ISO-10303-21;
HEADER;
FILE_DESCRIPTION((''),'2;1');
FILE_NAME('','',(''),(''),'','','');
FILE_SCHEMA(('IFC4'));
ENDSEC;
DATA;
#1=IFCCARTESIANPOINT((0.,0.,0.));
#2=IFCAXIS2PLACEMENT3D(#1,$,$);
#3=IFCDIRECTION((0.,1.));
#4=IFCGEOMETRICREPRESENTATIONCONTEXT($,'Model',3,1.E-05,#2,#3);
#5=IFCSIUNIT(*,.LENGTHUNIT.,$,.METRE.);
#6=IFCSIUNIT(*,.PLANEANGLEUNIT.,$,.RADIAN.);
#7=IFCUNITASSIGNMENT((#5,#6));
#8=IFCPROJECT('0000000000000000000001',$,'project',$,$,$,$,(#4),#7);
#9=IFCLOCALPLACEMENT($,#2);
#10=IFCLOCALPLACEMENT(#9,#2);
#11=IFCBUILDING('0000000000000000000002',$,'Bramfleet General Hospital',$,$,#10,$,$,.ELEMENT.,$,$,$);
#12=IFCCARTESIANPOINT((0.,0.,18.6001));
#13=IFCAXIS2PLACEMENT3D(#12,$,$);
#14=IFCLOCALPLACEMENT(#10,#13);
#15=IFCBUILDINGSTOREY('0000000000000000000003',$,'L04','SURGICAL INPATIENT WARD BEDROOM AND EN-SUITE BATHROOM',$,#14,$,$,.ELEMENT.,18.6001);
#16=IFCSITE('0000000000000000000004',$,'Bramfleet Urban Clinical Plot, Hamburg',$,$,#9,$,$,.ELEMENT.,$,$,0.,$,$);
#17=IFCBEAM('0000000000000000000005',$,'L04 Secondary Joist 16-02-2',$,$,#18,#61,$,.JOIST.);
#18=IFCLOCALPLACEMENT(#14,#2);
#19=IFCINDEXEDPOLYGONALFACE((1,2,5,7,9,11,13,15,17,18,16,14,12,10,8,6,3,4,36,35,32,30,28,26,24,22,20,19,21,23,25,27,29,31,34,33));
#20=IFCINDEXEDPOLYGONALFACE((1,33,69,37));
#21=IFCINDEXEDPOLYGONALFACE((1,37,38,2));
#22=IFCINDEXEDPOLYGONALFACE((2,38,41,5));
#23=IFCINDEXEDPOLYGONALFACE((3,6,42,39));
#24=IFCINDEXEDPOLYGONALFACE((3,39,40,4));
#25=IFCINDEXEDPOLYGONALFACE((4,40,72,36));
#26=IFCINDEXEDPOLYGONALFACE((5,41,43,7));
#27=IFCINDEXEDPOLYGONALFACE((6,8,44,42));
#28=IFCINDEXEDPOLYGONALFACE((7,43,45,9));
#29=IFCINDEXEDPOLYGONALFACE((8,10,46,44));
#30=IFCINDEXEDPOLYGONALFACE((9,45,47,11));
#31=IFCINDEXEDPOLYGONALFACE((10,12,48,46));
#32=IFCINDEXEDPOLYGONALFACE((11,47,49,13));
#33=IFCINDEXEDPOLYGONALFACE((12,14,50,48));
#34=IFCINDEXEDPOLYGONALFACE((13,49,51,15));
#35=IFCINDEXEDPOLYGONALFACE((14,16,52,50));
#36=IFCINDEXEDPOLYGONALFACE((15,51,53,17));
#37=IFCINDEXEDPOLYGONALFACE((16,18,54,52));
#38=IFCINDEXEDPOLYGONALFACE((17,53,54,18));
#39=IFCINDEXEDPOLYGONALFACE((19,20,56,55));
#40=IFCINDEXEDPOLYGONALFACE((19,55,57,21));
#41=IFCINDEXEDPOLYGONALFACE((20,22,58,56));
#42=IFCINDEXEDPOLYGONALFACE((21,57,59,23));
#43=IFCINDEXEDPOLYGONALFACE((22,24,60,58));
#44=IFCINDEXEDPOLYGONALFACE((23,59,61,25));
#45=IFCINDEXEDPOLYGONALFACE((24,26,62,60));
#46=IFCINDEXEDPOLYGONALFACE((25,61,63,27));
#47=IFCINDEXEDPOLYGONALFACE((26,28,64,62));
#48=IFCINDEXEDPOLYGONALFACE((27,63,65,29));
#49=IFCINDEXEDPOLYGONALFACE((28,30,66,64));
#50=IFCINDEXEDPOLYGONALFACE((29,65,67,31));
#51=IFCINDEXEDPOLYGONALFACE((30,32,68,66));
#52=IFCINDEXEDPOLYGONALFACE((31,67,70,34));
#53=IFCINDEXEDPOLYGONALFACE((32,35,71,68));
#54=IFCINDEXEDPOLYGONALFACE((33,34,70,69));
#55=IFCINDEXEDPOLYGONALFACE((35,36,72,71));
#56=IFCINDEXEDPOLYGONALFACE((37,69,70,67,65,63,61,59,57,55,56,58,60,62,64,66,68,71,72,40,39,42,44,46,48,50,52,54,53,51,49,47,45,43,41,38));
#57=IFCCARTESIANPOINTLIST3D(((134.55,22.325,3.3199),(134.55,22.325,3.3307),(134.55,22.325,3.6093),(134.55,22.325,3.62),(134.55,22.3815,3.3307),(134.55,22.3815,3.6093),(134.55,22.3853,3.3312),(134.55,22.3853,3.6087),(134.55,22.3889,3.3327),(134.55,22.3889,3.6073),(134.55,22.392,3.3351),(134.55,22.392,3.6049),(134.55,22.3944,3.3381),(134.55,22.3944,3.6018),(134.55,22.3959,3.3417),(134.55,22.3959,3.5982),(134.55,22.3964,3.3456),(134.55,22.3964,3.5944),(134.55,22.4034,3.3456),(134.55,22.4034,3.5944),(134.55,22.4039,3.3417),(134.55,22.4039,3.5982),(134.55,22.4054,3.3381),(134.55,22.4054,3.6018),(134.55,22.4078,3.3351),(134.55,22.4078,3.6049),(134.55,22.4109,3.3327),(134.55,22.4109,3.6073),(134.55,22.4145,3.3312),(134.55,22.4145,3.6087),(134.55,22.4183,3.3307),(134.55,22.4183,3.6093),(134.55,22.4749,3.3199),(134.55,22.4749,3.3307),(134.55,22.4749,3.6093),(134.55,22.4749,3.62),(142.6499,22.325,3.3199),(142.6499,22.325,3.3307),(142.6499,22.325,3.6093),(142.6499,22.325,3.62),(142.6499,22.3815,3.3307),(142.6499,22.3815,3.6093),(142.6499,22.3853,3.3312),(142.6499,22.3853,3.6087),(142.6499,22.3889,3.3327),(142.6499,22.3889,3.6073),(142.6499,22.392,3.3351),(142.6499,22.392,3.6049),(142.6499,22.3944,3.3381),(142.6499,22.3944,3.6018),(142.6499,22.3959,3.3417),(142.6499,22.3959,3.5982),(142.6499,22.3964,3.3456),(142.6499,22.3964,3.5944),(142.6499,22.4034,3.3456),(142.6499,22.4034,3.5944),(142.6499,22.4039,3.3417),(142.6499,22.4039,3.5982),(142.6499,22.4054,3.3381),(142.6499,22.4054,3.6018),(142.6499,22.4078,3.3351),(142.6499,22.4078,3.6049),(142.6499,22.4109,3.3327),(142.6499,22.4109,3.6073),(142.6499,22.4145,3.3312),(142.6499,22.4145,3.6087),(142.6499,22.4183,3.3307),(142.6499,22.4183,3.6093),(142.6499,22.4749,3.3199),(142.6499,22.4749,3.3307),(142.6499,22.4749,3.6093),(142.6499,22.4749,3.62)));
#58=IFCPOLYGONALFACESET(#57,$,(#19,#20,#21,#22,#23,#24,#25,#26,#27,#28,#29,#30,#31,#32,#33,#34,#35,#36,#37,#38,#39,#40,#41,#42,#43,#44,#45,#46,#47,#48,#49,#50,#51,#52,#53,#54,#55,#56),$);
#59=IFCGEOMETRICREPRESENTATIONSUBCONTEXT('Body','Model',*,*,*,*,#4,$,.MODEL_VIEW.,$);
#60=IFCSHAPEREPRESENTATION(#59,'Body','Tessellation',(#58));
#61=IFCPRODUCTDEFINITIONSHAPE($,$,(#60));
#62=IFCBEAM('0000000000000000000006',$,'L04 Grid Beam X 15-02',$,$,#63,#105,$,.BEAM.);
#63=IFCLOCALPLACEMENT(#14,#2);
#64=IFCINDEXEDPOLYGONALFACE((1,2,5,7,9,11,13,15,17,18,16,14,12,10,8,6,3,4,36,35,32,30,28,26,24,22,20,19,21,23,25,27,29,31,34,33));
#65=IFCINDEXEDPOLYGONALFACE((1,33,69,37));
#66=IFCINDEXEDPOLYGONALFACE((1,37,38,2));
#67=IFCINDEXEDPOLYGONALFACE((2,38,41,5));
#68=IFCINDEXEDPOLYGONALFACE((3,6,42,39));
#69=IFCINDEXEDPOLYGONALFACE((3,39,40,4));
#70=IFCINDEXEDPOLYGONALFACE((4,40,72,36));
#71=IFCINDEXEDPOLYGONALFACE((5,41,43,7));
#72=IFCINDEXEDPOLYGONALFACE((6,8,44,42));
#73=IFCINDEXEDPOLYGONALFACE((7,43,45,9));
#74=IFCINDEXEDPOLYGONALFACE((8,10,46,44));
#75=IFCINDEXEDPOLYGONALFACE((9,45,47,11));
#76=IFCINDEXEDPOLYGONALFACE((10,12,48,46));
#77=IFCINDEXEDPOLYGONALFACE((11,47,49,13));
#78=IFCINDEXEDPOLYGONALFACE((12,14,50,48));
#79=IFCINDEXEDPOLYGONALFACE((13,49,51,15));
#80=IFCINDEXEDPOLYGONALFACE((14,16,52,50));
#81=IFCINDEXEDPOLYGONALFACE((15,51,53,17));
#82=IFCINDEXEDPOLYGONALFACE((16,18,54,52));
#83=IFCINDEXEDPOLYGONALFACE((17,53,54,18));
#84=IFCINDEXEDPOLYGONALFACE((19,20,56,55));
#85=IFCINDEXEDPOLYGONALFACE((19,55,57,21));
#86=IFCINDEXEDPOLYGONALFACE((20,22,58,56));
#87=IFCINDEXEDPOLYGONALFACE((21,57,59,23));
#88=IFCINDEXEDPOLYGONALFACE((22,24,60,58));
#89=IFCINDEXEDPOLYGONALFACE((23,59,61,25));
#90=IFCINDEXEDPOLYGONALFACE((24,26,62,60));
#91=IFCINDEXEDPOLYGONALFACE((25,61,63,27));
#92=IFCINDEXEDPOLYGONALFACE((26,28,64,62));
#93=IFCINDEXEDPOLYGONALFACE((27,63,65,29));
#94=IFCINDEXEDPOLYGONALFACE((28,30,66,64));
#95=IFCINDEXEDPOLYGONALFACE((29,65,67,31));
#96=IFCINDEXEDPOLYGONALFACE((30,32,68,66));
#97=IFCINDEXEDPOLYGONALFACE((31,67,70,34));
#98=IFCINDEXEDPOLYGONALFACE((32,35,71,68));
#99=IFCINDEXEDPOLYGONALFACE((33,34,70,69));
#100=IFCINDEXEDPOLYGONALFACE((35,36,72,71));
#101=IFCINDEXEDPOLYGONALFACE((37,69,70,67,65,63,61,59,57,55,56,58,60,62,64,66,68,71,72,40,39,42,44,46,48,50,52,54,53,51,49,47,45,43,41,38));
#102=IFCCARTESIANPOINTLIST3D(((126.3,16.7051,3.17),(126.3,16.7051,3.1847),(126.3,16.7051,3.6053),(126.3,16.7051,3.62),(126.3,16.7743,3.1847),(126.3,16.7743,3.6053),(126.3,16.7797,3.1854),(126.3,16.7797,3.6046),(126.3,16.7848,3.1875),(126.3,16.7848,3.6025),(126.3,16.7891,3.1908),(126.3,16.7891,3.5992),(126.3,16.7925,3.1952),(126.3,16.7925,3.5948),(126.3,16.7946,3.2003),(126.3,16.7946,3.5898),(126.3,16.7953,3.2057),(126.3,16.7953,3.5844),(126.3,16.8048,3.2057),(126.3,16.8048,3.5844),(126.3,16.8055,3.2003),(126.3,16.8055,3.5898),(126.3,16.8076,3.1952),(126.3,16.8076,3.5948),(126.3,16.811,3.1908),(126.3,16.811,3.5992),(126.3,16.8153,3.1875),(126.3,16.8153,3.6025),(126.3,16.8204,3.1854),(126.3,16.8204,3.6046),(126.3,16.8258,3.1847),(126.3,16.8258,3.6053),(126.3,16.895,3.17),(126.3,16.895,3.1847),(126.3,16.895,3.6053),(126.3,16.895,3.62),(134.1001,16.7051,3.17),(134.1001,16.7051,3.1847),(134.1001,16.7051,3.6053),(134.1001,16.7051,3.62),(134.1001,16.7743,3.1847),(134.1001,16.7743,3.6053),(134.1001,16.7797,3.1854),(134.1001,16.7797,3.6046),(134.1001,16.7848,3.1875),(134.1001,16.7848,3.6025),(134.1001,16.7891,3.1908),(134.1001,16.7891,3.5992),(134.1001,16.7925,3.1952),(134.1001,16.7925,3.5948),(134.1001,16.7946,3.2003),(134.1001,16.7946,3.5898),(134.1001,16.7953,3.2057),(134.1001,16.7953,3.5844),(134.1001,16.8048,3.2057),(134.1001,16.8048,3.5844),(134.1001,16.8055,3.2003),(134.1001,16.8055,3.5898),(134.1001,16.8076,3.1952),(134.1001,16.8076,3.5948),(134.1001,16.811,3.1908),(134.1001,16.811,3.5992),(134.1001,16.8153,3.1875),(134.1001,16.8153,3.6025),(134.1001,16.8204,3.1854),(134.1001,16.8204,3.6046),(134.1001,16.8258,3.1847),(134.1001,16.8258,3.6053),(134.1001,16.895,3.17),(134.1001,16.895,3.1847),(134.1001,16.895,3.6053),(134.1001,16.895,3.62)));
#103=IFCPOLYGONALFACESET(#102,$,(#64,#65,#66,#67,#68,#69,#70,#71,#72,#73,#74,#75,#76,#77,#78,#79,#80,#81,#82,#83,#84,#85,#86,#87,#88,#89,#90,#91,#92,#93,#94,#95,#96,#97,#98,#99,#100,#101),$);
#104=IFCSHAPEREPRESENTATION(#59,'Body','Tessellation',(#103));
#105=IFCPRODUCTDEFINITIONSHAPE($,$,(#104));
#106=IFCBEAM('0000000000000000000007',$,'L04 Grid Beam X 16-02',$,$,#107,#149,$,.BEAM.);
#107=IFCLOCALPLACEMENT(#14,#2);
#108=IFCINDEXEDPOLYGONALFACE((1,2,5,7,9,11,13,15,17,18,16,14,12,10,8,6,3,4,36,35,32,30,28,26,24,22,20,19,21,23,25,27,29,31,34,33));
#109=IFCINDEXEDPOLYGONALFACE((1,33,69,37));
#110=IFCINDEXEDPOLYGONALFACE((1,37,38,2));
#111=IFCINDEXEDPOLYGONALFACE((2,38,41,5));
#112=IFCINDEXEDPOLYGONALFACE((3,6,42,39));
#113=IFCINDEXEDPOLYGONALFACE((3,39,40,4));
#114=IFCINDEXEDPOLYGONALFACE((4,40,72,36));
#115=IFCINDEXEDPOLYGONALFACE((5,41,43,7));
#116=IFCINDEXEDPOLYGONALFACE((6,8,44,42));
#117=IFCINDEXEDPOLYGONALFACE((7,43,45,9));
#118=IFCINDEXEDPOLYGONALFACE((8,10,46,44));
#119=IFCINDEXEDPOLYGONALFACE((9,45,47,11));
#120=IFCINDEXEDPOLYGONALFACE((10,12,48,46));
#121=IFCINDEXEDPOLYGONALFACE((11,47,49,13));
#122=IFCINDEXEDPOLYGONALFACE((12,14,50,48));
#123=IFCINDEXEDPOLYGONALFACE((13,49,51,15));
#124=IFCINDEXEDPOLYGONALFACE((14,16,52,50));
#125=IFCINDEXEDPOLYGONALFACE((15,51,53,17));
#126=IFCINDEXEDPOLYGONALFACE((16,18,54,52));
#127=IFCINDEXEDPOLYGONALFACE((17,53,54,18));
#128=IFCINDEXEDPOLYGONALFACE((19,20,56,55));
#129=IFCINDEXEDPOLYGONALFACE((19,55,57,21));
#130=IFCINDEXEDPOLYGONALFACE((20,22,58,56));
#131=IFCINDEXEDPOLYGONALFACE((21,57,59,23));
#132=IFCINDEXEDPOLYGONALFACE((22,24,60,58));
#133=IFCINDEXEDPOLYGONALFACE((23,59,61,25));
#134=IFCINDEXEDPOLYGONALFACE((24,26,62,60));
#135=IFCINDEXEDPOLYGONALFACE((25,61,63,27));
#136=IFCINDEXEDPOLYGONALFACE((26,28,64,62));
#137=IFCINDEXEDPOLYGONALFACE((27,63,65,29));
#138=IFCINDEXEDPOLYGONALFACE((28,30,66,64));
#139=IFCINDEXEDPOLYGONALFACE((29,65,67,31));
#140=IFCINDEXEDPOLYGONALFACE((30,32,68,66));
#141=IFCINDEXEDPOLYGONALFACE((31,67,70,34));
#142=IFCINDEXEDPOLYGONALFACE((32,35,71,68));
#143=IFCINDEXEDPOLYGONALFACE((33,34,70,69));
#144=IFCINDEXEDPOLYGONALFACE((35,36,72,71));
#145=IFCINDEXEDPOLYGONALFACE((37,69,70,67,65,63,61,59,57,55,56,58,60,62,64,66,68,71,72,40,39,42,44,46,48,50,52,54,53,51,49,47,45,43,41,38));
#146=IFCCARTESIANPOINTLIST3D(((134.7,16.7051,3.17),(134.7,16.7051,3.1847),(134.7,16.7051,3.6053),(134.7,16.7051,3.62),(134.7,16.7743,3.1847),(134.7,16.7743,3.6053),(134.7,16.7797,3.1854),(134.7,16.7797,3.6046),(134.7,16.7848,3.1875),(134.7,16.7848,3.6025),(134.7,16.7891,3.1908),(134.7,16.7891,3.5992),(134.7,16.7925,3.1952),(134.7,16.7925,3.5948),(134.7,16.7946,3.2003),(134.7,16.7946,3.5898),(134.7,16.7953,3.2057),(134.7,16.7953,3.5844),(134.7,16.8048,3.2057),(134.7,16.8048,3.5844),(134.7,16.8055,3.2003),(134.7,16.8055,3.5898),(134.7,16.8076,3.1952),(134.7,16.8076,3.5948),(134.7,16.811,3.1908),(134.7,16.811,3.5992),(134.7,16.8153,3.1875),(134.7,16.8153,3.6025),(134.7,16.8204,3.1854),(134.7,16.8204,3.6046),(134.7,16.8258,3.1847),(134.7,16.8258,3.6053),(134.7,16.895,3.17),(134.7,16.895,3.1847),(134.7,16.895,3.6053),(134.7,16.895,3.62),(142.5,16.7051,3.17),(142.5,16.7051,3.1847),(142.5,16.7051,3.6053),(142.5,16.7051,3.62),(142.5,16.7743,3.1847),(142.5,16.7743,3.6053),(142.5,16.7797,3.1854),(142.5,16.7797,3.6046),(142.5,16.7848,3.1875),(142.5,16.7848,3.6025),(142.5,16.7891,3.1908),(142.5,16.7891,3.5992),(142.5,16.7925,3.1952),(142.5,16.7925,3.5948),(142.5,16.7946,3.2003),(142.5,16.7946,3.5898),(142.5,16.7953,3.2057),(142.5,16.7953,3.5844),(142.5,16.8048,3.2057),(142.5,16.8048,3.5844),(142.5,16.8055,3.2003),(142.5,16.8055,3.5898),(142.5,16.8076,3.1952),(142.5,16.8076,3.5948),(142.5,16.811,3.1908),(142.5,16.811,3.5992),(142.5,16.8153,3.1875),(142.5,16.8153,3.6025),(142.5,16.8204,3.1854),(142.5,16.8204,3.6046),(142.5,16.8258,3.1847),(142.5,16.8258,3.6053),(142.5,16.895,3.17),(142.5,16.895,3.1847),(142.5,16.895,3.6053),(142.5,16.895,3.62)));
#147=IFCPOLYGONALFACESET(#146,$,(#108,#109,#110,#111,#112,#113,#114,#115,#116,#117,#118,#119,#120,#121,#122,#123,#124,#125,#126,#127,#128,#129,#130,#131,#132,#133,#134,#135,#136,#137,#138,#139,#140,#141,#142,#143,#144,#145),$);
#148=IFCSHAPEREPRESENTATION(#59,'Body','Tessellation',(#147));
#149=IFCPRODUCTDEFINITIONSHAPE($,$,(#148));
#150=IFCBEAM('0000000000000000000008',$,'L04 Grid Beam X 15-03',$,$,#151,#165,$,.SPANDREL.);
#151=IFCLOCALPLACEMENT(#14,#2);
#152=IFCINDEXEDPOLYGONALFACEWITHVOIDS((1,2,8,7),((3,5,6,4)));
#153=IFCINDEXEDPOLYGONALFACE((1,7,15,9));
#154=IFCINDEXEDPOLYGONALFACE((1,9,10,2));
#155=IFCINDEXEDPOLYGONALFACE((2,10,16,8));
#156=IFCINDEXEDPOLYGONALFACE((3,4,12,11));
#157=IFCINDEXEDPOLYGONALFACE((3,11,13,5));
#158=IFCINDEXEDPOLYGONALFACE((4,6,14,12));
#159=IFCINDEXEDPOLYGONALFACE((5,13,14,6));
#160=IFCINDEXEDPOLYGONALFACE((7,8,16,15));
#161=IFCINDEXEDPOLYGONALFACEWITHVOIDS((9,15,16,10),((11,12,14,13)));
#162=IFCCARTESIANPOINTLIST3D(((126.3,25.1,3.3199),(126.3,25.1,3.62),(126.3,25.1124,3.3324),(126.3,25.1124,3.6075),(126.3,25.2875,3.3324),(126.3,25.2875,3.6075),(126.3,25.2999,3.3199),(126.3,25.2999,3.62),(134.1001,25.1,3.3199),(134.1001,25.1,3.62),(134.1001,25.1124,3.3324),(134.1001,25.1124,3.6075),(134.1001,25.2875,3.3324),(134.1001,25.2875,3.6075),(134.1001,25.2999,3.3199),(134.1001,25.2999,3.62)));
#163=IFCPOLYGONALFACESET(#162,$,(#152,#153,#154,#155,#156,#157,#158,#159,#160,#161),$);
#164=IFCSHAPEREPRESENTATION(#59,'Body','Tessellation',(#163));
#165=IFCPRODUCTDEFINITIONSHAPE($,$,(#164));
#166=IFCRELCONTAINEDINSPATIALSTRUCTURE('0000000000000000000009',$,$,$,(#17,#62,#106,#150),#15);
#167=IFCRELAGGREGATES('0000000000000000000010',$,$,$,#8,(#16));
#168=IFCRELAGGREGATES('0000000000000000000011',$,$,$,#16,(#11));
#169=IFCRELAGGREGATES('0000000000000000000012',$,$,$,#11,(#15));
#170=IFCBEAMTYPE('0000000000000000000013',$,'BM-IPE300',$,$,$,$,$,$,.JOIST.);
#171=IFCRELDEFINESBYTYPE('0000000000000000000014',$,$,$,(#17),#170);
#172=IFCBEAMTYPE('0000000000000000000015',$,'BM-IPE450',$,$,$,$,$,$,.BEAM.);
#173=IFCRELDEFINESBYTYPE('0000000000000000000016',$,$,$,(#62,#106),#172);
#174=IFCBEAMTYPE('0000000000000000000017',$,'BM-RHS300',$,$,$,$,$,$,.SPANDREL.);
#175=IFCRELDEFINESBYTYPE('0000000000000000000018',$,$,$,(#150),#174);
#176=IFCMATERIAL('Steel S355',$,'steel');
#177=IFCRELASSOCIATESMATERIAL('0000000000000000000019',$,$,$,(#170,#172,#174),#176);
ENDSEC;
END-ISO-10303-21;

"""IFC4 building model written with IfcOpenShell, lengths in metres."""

from ifc_helpers import new_model, si_unit, direction, frame, origin, origin_2d, place, context, subcontext, project, spatial, hollow_rectangle, i_section, extrude, material, material_profile, profile_set, type_object, element, save


model = new_model("IFC4")

# Units and contexts
model_context = context("Model", 3, precision=1e-05, world=origin(), true_north=direction((0.0, 1.0)))
body_context = subcontext(model_context, "Body", "Model", "MODEL_VIEW")
ifc_project = project(units=[si_unit("LENGTHUNIT", "METRE"), si_unit("PLANEANGLEUNIT", "RADIAN")], contexts=[model_context])

# Site, building, storey
site_placement = place(None, origin())
site = spatial("IfcSite", under=ifc_project, at=site_placement, Name="Bramfleet Urban Clinical Plot, Hamburg", CompositionType="ELEMENT", RefElevation=0.0)
building_placement = place(site_placement, origin())
building = spatial("IfcBuilding", under=site, at=building_placement, Name="Bramfleet General Hospital", CompositionType="ELEMENT")
storey_placement = place(building_placement, frame((0.0, 0.0, 18.6001)))
storey = spatial("IfcBuildingStorey", under=building, at=storey_placement, Name="L04", Description="SURGICAL INPATIENT WARD BEDROOM AND EN-SUITE BATHROOM", CompositionType="ELEMENT", Elevation=18.6001)

# Beams
ifc_material_1 = material(Name="Steel S355", Category="steel")
ifc_material_profile_1 = material_profile(ifc_material_1, i_section(OverallWidth=0.1499, OverallDepth=0.3, WebThickness=0.0071, FlangeThickness=0.0107, FilletRadius=0.0149, at=origin_2d()), Name="IPE 300")
ifc_profile_set_1 = profile_set([ifc_material_profile_1], Name="Steel S355")
beam_type_1 = type_object("IfcBeamType", Name="BM-IPE300", PredefinedType="JOIST", material=ifc_profile_set_1)
for number, where, z_axis, x_axis, name in (
    (1, (134.55, 22.3999, 3.47), (1.0, 0.0, 0.0), (0.0, 1.0, 0.0), "L04 Secondary Joist 16-02-2"),
):
    element("IfcBeam", number, at=place(storey_placement, frame(where, z_axis=z_axis, x_axis=x_axis)), inside=storey, type_object=beam_type_1, Name=name, PredefinedType="JOIST", context=body_context, shape_type="SweptSolid", body=[
        extrude(i_section(OverallWidth=0.1499, OverallDepth=0.3, WebThickness=0.0071, FlangeThickness=0.0107, FilletRadius=0.0149, at=origin_2d()), origin(), (0.0, 0.0, 1.0), 8.0999),
    ])
ifc_material_profile_2 = material_profile(ifc_material_1, i_section(OverallWidth=0.1899, OverallDepth=0.45, WebThickness=0.0095, FlangeThickness=0.0146, FilletRadius=0.021, at=origin_2d()), Name="IPE 450")
ifc_profile_set_2 = profile_set([ifc_material_profile_2], Name="Steel S355")
beam_type_2 = type_object("IfcBeamType", Name="BM-IPE450", PredefinedType="BEAM", material=ifc_profile_set_2)
for number, where, z_axis, x_axis, name in (
    (2, (126.3, 16.8, 3.395), (1.0, 0.0, 0.0), (0.0, 1.0, 0.0), "L04 Grid Beam X 15-02"),
    (3, (134.7, 16.8, 3.395), (1.0, 0.0, 0.0), (0.0, 1.0, 0.0), "L04 Grid Beam X 16-02"),
):
    element("IfcBeam", number, at=place(storey_placement, frame(where, z_axis=z_axis, x_axis=x_axis)), inside=storey, type_object=beam_type_2, Name=name, PredefinedType="BEAM", context=body_context, shape_type="SweptSolid", body=[
        extrude(i_section(OverallWidth=0.1899, OverallDepth=0.45, WebThickness=0.0095, FlangeThickness=0.0146, FilletRadius=0.021, at=origin_2d()), origin(), (0.0, 0.0, 1.0), 7.8),
    ])
ifc_material_profile_3 = material_profile(ifc_material_1, hollow_rectangle(XDim=0.2, YDim=0.3, WallThickness=0.0125, at=origin_2d()), Name="RHS 300x200x12.5")
ifc_profile_set_3 = profile_set([ifc_material_profile_3], Name="Steel S355")
beam_type_3 = type_object("IfcBeamType", Name="BM-RHS300", PredefinedType="SPANDREL", material=ifc_profile_set_3)
beam_placement = place(storey_placement, frame((126.3, 25.2, 3.47), z_axis=(1.0, 0.0, 0.0), x_axis=(0.0, 1.0, 0.0)))
element("IfcBeam", 4, at=beam_placement, inside=storey, type_object=beam_type_3, Name="L04 Grid Beam X 15-03", PredefinedType="SPANDREL", context=body_context, shape_type="SweptSolid", body=[
    extrude(hollow_rectangle(XDim=0.2, YDim=0.3, WallThickness=0.0125, at=origin_2d()), origin(), (0.0, 0.0, 1.0), 7.8),
])

save(model, "model.ifc")
